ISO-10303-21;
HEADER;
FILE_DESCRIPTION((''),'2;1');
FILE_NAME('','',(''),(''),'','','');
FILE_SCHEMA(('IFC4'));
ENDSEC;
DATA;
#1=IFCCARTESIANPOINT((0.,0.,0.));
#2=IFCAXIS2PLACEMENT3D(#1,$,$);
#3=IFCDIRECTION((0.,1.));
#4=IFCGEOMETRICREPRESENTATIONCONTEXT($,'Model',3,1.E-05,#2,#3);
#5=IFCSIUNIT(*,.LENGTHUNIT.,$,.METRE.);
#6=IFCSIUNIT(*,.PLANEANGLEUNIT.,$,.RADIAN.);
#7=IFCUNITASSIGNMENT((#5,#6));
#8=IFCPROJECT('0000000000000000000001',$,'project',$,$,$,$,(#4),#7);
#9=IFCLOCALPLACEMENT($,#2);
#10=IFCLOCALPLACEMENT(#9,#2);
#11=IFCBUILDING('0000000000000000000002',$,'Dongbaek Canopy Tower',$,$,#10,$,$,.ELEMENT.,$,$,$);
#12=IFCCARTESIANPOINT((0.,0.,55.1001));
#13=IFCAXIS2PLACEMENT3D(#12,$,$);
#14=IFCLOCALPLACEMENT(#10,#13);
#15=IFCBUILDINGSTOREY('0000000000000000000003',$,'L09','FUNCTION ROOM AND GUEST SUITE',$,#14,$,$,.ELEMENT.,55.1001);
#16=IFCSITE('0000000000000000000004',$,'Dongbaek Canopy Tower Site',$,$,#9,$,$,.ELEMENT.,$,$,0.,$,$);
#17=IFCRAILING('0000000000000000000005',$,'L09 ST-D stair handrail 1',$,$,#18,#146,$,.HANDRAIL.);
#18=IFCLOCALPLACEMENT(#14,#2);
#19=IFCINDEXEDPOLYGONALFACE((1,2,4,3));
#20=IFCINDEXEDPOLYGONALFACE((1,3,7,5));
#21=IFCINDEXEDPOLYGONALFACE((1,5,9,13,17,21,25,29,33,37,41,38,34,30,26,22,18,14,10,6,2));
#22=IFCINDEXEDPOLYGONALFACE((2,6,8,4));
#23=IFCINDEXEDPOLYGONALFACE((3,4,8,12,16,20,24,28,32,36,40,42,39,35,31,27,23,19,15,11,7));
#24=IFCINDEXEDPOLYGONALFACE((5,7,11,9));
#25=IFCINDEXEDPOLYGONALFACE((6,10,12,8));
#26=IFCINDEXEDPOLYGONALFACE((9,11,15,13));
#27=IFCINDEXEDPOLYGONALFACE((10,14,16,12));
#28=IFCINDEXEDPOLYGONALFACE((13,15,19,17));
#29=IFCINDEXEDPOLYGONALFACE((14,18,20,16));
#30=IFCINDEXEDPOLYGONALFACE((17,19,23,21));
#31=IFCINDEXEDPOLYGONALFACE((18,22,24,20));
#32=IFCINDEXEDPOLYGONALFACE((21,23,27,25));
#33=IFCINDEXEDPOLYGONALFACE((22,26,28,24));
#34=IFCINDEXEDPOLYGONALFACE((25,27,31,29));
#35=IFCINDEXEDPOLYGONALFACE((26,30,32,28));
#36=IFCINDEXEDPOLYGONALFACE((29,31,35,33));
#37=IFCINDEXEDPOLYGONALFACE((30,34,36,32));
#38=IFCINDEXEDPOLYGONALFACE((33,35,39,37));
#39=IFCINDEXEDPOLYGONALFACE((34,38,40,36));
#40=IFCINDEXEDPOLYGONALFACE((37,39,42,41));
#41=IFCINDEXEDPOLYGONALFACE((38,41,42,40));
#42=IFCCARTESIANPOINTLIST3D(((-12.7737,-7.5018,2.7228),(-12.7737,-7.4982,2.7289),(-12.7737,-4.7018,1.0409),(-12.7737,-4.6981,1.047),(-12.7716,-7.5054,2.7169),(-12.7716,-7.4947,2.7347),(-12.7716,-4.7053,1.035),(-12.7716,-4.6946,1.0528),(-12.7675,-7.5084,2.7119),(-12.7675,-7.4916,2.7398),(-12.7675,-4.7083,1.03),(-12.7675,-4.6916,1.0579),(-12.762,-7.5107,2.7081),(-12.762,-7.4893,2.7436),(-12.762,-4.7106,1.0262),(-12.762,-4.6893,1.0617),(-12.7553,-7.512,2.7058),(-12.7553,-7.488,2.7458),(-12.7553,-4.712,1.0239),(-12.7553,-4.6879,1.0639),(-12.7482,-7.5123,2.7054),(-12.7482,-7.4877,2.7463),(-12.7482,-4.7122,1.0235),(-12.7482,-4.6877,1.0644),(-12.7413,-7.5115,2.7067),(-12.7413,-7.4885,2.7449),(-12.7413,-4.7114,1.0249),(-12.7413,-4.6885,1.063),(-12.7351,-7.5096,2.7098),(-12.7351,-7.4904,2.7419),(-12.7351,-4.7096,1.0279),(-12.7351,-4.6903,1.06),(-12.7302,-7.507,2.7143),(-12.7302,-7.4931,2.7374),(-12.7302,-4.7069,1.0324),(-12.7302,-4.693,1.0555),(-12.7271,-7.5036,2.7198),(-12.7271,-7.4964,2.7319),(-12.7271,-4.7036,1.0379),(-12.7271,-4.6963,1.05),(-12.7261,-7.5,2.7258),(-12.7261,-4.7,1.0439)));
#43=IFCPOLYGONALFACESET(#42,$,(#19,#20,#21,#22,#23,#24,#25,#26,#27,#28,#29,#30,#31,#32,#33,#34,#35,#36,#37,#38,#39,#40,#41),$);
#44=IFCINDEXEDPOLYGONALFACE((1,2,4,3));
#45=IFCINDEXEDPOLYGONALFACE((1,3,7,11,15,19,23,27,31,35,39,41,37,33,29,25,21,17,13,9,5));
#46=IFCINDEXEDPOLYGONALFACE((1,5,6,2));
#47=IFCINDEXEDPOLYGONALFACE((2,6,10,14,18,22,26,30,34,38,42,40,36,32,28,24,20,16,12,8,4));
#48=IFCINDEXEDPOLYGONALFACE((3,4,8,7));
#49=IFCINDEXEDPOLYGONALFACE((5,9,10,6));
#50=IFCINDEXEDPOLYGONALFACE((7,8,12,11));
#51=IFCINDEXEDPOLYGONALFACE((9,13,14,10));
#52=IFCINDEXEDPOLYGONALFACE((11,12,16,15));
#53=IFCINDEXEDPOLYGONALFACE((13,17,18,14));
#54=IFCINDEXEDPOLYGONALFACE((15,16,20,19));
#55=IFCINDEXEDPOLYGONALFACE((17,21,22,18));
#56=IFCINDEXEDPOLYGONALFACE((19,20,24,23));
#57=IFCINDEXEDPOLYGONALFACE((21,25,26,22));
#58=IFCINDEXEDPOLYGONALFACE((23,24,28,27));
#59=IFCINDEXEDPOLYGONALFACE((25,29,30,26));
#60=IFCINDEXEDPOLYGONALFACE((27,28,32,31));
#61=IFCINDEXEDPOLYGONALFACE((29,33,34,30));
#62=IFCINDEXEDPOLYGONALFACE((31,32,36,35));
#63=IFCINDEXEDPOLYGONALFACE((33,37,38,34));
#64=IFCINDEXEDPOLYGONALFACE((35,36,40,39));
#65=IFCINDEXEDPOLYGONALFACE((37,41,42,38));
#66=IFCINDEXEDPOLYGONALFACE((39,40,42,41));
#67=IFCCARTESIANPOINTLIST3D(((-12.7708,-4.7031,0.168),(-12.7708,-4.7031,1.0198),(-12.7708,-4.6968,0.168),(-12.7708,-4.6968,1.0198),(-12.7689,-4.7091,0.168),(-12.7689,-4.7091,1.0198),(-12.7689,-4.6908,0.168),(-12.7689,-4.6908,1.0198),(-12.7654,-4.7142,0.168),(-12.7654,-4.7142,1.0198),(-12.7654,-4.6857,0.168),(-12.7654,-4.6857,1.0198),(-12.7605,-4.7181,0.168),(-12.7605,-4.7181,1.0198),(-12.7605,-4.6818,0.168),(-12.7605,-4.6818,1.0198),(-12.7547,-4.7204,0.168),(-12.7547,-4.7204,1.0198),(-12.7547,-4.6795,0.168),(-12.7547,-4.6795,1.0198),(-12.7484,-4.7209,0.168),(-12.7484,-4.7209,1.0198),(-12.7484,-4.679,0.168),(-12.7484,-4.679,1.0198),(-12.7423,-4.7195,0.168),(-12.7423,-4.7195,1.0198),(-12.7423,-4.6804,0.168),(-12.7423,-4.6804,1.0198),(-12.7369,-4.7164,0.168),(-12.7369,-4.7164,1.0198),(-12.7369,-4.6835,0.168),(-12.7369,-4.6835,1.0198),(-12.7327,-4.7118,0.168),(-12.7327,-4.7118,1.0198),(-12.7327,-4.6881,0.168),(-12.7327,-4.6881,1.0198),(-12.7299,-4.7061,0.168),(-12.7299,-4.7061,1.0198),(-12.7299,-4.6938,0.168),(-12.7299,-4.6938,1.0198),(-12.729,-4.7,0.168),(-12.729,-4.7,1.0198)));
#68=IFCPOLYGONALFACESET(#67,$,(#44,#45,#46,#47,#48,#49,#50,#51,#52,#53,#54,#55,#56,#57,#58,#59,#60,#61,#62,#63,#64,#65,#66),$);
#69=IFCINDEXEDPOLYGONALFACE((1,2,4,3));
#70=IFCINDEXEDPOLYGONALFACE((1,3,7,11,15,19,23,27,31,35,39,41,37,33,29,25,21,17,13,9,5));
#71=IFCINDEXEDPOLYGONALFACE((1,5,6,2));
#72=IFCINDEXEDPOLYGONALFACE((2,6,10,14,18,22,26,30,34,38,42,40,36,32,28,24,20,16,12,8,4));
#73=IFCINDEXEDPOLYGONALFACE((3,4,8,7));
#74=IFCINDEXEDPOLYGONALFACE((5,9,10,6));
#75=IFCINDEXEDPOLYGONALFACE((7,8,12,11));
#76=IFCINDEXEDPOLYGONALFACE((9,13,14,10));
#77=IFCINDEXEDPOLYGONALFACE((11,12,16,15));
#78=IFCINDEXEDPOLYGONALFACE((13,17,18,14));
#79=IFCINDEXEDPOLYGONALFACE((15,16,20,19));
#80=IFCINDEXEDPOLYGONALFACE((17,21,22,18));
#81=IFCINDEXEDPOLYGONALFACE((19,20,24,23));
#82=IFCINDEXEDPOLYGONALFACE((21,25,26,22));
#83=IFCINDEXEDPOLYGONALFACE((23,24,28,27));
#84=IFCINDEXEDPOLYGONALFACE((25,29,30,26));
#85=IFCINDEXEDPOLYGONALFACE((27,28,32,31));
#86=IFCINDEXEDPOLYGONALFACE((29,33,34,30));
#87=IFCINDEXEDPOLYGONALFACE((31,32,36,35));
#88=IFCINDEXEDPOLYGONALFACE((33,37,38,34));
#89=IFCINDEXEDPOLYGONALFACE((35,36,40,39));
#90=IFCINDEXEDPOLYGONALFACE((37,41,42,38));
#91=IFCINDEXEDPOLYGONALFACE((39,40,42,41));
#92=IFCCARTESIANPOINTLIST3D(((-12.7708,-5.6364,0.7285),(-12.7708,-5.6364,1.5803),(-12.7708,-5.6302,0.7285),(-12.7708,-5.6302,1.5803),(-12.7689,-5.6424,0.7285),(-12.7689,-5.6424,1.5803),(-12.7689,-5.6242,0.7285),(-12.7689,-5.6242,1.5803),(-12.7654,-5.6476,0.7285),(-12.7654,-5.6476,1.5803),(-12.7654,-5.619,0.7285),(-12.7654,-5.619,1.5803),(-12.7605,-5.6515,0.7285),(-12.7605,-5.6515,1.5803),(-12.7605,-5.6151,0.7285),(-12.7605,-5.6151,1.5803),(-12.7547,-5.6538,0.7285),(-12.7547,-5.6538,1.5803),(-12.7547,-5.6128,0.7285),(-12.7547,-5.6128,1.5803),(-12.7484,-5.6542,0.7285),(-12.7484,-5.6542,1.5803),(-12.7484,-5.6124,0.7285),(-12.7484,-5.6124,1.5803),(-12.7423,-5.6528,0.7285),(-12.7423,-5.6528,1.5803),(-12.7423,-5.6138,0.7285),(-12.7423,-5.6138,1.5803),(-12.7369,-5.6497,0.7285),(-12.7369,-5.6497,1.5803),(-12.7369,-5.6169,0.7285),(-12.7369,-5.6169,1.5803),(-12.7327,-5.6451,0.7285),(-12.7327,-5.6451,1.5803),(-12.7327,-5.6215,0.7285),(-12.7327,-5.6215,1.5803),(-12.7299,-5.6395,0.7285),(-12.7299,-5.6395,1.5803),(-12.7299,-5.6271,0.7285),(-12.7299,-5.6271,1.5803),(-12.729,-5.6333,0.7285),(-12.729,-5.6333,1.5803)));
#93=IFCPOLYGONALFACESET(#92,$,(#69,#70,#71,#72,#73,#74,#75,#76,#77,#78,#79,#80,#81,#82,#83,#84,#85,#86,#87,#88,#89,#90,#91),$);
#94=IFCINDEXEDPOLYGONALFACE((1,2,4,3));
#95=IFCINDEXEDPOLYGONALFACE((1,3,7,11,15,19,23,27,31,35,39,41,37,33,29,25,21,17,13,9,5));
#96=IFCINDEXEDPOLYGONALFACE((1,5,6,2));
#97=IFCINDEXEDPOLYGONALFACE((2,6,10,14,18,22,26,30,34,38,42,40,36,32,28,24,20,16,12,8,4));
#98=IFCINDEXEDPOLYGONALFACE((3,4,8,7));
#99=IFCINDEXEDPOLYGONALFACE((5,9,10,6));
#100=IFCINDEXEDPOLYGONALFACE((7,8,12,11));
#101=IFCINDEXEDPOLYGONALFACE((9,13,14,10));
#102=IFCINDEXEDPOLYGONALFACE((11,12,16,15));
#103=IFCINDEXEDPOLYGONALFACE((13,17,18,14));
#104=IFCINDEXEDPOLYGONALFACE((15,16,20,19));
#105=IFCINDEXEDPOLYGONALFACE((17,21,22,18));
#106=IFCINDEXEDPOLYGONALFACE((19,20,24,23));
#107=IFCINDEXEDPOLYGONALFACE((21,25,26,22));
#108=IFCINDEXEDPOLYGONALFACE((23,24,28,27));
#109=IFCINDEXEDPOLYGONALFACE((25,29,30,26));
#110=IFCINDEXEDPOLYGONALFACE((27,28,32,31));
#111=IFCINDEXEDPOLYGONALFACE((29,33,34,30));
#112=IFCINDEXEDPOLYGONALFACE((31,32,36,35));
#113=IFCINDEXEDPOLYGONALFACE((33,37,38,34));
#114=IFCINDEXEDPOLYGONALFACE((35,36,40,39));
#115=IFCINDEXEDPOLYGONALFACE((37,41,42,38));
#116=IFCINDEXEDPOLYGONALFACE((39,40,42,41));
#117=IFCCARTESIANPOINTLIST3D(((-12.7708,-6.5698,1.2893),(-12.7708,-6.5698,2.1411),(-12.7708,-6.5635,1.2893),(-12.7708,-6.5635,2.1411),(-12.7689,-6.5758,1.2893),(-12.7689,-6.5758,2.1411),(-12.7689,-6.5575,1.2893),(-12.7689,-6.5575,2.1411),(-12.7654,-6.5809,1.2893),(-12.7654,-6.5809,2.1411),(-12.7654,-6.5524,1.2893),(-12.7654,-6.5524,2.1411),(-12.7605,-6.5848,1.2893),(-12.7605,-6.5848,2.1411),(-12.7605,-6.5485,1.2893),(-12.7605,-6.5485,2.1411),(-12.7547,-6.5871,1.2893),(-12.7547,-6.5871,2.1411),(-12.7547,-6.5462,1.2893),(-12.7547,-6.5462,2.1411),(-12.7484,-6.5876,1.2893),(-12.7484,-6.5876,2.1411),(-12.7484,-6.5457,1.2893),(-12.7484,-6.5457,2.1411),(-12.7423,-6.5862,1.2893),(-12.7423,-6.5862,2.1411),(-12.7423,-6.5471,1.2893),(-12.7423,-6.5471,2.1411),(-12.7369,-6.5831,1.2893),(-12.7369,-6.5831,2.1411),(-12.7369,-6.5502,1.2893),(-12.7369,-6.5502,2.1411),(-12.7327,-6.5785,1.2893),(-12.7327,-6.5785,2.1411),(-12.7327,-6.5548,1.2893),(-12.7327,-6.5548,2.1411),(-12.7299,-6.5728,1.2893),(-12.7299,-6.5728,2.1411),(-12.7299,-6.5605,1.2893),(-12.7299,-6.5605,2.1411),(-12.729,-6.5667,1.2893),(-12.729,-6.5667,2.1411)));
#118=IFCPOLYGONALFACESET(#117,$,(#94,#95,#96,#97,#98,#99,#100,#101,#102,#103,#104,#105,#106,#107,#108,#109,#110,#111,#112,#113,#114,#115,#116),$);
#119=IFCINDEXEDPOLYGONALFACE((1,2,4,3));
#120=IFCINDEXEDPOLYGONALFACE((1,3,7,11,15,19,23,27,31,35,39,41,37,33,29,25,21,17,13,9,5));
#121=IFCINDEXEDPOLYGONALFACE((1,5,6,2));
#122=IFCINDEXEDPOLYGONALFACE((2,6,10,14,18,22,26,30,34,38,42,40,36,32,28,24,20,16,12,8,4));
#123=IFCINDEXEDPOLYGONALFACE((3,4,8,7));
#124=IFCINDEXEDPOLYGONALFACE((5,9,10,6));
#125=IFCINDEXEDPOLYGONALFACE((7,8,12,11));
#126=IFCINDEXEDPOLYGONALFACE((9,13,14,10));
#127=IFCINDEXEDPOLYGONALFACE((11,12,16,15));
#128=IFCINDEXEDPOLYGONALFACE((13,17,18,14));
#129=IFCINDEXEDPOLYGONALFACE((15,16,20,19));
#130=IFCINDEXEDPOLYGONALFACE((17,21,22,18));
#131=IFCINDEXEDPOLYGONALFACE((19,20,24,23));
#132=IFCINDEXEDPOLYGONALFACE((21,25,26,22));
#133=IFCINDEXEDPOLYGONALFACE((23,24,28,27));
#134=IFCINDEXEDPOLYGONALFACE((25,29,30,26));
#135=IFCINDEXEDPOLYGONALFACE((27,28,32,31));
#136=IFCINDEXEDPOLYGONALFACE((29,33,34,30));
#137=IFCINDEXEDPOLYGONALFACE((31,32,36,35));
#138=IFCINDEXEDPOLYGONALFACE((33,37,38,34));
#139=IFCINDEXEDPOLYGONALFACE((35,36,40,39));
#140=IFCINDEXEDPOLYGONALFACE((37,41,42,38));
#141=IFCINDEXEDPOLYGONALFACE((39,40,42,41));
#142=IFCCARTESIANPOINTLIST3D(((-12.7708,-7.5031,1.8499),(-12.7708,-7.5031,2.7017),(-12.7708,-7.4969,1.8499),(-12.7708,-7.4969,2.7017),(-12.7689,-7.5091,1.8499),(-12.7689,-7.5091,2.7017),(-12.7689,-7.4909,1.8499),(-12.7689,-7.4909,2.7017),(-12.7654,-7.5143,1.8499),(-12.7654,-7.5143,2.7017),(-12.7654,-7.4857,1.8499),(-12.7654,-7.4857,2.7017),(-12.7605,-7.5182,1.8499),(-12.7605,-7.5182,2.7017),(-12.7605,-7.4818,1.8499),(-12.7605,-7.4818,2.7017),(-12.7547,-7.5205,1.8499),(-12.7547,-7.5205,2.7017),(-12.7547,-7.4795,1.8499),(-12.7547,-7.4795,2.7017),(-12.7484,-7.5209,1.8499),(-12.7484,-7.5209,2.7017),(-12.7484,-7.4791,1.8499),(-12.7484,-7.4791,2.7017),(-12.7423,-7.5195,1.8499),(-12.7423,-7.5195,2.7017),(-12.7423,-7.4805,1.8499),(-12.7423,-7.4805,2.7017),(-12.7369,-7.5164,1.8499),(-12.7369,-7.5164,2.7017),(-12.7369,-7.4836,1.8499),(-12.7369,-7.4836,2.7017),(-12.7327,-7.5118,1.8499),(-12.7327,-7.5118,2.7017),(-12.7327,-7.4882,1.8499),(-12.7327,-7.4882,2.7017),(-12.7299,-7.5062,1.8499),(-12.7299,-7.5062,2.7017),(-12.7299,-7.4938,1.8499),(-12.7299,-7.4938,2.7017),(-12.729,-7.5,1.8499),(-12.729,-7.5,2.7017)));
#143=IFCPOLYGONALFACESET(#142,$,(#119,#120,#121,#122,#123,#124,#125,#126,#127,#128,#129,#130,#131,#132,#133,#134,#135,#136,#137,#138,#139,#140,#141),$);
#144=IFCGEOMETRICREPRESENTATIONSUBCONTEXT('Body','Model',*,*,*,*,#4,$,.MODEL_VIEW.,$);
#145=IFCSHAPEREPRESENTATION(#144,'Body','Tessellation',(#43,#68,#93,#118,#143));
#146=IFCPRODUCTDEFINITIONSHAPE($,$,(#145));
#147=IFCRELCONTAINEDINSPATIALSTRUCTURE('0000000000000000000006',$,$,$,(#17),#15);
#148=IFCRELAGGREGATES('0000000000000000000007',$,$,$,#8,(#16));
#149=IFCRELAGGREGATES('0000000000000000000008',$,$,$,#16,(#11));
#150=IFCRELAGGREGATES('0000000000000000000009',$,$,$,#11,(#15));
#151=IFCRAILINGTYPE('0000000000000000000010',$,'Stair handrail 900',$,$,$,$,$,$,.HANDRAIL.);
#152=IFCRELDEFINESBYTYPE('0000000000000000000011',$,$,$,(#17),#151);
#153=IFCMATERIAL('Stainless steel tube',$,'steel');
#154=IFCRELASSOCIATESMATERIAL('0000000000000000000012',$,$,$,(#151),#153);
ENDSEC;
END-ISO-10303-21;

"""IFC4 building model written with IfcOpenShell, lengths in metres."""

from ifc_helpers import new_model, si_unit, direction, frame, origin, origin_2d, place, context, subcontext, project, spatial, circle, extrude, material, type_object, element, save


model = new_model("IFC4")

# Units and contexts
model_context = context("Model", 3, precision=1e-05, world=origin(), true_north=direction((0.0, 1.0)))
body_context = subcontext(model_context, "Body", "Model", "MODEL_VIEW")
ifc_project = project(units=[si_unit("LENGTHUNIT", "METRE"), si_unit("PLANEANGLEUNIT", "RADIAN")], contexts=[model_context])

# Site, building, storey
site_placement = place(None, origin())
site = spatial("IfcSite", under=ifc_project, at=site_placement, Name="Dongbaek Canopy Tower Site", CompositionType="ELEMENT", RefElevation=0.0)
building_placement = place(site_placement, origin())
building = spatial("IfcBuilding", under=site, at=building_placement, Name="Dongbaek Canopy Tower", CompositionType="ELEMENT")
storey_placement = place(building_placement, frame((0.0, 0.0, 55.1001)))
storey = spatial("IfcBuildingStorey", under=building, at=storey_placement, Name="L09", Description="FUNCTION ROOM AND GUEST SUITE", CompositionType="ELEMENT", Elevation=55.1001)

# Railing
ifc_material_1 = material(Name="Stainless steel tube", Category="steel")
railing_type_1 = type_object("IfcRailingType", Name="Stair handrail 900", PredefinedType="HANDRAIL", material=ifc_material_1)
railing_1_placement = place(storey_placement, frame((-12.75, -4.7, 0.168)))
element("IfcRailing", 1, at=railing_1_placement, inside=storey, type_object=railing_type_1, Name="L09 ST-D stair handrail 1", PredefinedType="HANDRAIL", context=body_context, shape_type="SweptSolid", body=[
    extrude(circle(Radius=0.0239, at=origin_2d()), frame((0.0, 0.0, 0.876), z_axis=(0.0, -0.857242, 0.514913), x_axis=(1.0, 0.0, 0.0)), (0.0, 0.0, 1.0), 3.2664),
    extrude(circle(Radius=0.021, at=origin_2d()), origin(), (0.0, 0.0, 1.0), 0.8518),
    extrude(circle(Radius=0.021, at=origin_2d()), frame((0.0, -0.9333, 0.5605)), (0.0, 0.0, 1.0), 0.8518),
    extrude(circle(Radius=0.021, at=origin_2d()), frame((0.0, -1.8667, 1.1213)), (0.0, 0.0, 1.0), 0.8518),
    extrude(circle(Radius=0.021, at=origin_2d()), frame((0.0, -2.8, 1.6819)), (0.0, 0.0, 1.0), 0.8518),
])

save(model, "model.ifc")
